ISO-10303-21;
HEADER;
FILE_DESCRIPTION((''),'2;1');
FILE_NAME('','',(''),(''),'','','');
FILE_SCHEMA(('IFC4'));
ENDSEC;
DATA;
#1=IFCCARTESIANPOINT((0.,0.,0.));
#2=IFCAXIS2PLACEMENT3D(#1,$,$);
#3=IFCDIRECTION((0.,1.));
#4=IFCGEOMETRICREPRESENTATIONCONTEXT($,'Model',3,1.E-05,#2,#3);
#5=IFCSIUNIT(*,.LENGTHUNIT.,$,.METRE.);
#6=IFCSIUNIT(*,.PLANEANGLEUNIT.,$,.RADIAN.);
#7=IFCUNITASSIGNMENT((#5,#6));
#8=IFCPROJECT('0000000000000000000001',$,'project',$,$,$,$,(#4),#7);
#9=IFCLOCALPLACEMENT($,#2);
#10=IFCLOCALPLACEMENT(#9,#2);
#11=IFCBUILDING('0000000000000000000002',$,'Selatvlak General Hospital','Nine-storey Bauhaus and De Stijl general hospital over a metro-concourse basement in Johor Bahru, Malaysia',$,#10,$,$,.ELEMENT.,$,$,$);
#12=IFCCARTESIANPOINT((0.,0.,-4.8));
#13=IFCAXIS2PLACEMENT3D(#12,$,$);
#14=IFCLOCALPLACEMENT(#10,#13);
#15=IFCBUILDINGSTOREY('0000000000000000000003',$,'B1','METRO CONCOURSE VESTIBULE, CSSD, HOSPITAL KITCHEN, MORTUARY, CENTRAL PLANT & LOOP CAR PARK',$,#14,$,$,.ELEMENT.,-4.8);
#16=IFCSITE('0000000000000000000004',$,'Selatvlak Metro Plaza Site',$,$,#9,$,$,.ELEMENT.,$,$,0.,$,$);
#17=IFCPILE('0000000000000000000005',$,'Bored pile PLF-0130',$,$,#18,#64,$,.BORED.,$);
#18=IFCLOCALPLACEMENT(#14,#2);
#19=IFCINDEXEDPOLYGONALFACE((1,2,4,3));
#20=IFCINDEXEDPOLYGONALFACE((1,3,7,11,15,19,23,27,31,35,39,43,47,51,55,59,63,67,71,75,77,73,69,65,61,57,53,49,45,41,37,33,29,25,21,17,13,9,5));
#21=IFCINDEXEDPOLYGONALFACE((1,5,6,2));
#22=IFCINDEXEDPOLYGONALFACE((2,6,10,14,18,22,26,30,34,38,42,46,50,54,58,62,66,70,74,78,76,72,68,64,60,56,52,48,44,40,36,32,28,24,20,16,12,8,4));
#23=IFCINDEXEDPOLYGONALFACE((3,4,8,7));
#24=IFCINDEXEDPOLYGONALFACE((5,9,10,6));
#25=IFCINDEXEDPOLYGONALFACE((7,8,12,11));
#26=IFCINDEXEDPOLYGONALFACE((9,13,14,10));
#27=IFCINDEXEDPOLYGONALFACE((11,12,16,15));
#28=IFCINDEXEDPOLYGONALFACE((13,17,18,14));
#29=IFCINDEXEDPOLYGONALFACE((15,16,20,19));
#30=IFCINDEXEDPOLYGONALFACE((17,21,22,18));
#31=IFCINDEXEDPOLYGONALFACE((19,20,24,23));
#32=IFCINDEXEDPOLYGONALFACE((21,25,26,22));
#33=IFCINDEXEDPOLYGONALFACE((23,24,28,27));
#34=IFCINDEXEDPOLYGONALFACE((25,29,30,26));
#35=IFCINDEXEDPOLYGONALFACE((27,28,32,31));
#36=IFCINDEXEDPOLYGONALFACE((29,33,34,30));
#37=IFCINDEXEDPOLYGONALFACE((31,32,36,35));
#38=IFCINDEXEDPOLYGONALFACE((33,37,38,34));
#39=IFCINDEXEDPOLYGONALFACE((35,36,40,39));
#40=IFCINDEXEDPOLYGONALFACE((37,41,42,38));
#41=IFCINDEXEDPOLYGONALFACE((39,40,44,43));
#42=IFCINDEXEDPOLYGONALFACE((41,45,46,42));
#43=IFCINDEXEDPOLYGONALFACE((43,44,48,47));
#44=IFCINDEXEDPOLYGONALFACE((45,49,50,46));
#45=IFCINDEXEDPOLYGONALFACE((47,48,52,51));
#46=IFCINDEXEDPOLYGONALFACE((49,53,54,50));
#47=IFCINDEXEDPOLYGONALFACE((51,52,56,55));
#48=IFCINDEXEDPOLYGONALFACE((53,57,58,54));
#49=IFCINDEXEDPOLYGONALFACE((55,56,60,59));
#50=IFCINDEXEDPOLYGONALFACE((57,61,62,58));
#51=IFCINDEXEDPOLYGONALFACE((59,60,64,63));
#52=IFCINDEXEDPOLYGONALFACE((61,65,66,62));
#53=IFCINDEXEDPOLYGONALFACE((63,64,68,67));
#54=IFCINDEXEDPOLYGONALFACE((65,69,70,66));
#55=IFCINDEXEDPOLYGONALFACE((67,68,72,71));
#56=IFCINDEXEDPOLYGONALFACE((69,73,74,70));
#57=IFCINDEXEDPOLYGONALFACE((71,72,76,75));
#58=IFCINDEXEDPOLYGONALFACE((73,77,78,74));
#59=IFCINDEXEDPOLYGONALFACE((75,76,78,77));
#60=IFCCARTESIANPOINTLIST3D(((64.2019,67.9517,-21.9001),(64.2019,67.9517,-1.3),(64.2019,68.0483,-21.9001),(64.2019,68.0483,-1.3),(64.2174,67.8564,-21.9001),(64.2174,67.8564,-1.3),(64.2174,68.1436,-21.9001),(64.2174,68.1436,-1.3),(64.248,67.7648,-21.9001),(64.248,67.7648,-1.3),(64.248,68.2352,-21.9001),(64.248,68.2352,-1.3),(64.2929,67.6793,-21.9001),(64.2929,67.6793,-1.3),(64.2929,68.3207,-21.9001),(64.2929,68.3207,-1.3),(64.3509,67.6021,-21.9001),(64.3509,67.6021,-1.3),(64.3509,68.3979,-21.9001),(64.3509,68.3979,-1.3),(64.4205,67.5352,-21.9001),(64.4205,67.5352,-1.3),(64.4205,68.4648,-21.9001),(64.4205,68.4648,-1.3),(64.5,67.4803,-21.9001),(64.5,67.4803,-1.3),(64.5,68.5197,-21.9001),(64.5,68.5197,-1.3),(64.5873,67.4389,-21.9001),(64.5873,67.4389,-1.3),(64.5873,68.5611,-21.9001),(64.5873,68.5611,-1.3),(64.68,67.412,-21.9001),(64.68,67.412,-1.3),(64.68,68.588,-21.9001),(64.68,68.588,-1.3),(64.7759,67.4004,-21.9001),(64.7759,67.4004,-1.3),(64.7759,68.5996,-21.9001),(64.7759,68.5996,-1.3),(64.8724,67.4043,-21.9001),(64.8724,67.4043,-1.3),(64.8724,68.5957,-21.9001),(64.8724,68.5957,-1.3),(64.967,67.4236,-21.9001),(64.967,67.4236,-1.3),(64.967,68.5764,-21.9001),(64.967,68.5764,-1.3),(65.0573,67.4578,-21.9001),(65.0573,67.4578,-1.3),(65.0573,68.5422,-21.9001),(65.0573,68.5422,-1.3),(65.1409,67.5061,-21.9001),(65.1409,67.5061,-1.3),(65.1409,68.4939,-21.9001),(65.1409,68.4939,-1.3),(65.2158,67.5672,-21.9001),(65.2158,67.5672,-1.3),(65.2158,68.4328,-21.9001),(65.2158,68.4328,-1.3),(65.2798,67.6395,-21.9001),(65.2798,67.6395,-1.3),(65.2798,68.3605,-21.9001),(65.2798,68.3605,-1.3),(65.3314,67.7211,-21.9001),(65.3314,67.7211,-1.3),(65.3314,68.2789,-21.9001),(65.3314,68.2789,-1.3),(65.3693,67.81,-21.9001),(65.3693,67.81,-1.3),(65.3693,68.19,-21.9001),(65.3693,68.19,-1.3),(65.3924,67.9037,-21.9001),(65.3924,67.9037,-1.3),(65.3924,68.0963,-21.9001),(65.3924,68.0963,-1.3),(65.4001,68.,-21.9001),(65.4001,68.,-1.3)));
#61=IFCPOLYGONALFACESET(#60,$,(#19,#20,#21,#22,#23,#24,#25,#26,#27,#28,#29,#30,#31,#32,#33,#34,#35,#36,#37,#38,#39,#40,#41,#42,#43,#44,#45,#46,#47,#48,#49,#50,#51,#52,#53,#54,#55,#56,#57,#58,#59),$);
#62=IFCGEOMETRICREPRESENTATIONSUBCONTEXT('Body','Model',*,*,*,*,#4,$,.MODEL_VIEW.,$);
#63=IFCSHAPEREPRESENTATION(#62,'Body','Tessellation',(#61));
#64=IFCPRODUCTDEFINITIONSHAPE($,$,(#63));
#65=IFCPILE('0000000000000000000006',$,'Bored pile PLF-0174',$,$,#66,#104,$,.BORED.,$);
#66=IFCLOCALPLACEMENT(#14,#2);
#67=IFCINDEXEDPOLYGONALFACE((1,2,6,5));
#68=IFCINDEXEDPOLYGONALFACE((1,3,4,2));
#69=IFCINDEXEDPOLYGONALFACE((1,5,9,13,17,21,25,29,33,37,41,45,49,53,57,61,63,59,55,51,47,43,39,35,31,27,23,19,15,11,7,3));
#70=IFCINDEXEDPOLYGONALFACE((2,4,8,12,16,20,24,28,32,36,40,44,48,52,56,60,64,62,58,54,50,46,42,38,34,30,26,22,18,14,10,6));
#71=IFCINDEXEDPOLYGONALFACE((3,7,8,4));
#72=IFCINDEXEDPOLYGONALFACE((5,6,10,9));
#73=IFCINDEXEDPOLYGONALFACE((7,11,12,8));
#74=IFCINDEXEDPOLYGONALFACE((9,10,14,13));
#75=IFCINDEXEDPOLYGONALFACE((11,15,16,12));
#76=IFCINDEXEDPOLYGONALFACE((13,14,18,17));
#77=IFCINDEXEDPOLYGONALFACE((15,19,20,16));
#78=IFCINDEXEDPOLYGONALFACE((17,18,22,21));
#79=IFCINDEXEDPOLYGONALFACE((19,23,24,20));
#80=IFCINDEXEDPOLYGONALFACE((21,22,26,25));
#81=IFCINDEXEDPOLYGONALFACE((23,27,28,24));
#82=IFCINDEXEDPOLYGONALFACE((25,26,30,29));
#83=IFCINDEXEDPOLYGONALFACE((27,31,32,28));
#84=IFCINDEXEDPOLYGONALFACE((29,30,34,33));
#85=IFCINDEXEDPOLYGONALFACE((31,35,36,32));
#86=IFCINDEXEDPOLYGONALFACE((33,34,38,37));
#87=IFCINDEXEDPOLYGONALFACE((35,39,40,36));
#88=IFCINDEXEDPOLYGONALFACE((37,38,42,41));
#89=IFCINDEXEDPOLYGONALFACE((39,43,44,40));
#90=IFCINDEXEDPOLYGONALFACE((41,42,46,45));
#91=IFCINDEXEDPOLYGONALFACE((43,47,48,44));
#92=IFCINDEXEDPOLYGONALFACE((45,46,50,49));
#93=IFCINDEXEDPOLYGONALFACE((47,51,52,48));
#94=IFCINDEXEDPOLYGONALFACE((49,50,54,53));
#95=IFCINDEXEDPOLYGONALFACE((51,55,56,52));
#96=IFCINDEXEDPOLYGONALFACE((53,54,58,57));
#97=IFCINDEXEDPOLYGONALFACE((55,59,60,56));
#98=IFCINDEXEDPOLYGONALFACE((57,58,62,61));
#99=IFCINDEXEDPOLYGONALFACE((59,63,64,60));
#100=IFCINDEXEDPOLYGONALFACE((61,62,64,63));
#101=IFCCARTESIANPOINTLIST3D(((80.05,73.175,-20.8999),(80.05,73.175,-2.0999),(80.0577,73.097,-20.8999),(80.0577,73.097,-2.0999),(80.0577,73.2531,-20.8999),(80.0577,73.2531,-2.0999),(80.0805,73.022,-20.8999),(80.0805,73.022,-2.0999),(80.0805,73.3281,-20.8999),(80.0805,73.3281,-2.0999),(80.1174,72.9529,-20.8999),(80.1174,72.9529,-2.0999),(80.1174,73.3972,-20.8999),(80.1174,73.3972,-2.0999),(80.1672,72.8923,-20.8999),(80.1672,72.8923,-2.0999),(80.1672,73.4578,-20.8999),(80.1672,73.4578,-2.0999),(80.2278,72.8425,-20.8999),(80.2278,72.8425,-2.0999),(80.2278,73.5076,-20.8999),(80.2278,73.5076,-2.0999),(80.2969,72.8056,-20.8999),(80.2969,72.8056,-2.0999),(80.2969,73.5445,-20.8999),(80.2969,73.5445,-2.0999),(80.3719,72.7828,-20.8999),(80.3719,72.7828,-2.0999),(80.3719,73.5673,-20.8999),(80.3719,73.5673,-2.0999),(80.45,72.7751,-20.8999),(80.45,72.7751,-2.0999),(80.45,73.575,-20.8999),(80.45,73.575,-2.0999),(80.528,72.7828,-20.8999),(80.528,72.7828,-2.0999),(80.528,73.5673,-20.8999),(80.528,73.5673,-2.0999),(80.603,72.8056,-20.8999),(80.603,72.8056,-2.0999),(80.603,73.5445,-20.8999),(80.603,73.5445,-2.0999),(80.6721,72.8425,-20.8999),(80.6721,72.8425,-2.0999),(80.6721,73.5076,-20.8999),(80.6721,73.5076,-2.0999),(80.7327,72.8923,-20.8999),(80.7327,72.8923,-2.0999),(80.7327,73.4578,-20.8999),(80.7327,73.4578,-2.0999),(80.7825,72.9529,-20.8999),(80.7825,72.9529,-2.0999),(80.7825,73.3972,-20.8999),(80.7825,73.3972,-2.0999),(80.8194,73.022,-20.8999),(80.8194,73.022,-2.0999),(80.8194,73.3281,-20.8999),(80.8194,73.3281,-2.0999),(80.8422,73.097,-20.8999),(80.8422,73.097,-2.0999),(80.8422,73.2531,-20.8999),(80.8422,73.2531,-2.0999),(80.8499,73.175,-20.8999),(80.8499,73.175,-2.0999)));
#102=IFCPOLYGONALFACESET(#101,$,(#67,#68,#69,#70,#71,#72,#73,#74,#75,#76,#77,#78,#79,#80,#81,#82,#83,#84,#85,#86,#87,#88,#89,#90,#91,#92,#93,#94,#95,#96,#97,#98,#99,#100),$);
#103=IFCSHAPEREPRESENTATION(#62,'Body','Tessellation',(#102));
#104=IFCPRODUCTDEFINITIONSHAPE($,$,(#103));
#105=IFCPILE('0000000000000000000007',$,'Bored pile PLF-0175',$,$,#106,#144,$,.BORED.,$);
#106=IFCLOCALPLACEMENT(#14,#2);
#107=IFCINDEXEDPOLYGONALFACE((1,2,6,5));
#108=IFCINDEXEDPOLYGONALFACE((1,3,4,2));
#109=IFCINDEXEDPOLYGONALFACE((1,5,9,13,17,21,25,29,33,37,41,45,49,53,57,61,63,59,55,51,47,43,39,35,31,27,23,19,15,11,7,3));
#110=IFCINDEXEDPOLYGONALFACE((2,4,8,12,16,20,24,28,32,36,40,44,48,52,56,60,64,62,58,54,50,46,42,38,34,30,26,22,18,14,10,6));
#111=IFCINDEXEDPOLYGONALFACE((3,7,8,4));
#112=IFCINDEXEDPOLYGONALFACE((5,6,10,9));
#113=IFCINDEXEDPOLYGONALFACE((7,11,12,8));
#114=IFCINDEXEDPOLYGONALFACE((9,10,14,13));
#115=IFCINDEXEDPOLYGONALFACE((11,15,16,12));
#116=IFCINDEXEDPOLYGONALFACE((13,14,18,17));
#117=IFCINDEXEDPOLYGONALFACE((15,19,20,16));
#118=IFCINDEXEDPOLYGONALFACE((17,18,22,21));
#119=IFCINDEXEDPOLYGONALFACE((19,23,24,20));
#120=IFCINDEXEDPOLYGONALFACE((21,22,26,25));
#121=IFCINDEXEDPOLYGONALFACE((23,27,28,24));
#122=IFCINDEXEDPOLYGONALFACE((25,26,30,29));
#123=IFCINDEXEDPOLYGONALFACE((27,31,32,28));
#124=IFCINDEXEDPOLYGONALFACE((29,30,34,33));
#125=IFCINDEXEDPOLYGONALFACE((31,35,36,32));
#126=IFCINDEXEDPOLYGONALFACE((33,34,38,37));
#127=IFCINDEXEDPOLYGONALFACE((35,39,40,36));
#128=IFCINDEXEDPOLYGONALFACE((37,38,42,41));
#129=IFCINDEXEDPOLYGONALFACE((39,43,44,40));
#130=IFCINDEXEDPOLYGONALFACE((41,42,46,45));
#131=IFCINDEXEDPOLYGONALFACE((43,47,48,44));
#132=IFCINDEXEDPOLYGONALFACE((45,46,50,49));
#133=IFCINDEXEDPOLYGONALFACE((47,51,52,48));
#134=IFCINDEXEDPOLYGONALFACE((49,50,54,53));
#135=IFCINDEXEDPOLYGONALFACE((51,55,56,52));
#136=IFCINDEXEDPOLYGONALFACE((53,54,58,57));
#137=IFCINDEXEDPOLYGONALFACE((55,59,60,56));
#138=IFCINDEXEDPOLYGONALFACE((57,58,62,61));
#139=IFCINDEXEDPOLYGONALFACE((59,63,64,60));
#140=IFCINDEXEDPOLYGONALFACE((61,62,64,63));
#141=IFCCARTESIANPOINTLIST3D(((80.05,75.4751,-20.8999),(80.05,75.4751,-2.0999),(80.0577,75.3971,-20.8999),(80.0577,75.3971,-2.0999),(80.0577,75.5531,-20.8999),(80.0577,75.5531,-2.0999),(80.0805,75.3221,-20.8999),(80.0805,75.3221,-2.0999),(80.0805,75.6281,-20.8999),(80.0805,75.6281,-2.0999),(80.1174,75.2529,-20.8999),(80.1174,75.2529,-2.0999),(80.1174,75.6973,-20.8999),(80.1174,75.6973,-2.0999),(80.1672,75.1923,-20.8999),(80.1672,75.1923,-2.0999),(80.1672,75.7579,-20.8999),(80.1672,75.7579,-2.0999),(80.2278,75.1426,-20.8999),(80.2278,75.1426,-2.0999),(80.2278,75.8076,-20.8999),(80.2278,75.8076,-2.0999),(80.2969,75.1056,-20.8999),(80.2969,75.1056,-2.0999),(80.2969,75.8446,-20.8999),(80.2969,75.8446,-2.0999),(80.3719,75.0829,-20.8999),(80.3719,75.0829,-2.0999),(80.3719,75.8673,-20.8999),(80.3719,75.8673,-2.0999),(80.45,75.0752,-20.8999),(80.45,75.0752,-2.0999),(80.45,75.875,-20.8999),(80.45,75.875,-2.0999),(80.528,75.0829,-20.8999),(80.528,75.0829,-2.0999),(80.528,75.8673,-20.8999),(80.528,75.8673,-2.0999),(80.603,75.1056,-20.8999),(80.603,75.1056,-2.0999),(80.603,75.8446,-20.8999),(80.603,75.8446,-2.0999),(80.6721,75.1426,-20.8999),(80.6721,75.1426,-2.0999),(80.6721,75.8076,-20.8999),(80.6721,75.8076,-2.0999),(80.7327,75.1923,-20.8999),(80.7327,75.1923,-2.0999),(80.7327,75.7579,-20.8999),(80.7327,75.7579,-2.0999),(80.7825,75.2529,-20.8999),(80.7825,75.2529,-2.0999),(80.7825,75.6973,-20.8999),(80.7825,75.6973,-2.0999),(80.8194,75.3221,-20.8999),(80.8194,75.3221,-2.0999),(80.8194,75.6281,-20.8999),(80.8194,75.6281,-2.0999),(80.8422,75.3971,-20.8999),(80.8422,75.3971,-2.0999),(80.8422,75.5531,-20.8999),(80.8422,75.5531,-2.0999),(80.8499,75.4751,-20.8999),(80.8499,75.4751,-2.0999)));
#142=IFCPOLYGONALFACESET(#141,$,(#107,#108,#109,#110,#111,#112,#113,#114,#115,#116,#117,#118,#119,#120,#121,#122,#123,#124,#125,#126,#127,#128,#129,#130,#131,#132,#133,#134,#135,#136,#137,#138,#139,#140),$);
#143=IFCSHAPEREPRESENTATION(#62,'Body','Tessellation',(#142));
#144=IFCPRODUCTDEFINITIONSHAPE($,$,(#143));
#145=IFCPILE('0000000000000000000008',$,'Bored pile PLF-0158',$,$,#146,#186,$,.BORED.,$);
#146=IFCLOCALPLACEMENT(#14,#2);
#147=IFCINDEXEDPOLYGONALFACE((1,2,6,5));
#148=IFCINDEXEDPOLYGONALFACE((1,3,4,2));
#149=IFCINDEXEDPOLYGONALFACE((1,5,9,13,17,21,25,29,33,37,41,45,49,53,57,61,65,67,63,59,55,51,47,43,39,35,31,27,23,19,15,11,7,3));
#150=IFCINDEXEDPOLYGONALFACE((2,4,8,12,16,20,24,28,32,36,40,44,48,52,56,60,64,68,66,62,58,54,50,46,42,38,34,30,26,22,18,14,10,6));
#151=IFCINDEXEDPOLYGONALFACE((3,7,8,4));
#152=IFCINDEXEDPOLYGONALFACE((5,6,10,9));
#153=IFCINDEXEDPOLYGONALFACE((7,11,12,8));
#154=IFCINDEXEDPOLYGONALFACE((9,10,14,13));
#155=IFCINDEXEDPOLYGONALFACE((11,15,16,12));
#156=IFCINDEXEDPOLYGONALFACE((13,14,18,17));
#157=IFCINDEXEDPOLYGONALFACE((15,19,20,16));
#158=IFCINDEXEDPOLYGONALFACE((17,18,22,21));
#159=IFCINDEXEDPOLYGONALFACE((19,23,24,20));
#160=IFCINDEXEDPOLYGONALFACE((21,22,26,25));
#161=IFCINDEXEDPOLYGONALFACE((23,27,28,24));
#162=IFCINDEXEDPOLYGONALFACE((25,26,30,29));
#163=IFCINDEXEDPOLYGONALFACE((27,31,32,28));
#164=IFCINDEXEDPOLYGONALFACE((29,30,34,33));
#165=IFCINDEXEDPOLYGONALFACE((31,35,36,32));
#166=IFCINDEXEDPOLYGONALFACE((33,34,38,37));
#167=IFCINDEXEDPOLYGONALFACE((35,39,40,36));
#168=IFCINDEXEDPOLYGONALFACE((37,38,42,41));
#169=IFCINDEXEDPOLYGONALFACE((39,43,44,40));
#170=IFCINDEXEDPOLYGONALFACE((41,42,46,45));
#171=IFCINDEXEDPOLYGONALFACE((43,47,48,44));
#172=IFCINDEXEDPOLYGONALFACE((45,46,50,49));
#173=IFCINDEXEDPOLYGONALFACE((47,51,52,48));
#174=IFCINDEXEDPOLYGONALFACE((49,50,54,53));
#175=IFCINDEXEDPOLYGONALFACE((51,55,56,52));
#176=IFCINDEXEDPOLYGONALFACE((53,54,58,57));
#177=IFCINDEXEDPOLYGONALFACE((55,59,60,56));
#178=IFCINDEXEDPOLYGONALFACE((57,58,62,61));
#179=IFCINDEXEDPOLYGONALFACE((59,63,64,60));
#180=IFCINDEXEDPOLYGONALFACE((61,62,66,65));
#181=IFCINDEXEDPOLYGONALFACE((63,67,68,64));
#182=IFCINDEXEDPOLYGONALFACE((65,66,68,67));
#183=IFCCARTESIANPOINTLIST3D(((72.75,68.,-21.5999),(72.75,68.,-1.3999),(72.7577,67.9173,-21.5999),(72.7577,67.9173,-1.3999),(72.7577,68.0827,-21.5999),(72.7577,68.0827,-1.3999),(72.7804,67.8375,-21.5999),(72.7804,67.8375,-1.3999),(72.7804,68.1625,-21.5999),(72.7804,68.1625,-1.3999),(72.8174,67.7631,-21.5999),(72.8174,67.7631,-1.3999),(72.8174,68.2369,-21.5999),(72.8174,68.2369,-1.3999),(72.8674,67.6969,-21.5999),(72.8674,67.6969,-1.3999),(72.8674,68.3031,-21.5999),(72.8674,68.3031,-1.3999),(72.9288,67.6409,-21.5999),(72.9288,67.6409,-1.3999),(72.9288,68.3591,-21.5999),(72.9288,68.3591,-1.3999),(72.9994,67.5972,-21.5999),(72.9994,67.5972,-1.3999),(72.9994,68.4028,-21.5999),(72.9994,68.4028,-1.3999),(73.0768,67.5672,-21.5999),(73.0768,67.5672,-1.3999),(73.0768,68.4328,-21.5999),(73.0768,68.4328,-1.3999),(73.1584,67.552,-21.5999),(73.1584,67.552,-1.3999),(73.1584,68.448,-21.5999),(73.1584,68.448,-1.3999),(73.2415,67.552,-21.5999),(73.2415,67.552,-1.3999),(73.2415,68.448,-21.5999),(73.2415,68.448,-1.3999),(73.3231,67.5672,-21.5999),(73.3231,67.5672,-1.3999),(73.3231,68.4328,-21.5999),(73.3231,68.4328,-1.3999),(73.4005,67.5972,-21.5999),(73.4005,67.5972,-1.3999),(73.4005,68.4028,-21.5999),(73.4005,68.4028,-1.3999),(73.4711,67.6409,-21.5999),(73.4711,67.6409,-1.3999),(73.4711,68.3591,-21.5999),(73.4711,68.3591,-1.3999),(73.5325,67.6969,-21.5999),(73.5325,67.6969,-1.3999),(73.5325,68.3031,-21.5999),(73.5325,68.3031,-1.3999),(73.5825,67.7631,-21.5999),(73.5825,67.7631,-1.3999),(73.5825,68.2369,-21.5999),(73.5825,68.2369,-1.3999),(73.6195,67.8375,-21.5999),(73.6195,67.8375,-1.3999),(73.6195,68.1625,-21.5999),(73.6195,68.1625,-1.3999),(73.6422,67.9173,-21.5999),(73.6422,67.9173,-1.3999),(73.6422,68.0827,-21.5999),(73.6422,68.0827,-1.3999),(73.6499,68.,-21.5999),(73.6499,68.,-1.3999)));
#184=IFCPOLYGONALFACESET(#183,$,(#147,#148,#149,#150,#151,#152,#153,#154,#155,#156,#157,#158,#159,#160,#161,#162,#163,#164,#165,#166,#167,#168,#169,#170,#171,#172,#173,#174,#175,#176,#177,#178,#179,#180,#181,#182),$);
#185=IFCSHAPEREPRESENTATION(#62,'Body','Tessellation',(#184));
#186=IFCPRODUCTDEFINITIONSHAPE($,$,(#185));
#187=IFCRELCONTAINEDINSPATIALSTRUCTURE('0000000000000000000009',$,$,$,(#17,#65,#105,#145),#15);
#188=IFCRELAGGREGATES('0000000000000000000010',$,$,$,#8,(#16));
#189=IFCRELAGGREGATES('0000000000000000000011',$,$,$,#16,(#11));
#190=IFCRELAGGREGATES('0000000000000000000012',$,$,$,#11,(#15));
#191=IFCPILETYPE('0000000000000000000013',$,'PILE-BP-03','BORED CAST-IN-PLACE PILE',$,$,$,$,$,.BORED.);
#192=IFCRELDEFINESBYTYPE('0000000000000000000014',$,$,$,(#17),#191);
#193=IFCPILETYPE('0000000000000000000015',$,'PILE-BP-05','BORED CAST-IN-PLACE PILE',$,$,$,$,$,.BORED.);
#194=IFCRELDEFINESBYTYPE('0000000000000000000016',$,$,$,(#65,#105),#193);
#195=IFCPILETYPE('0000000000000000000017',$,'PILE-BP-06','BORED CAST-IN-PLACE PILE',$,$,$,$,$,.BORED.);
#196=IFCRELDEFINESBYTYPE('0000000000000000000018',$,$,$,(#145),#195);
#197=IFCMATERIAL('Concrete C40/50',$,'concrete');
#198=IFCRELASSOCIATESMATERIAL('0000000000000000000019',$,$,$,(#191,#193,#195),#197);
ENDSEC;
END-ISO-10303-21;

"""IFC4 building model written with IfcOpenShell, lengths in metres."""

from ifc_helpers import new_model, si_unit, direction, frame, origin, origin_2d, place, context, subcontext, project, spatial, circle, extrude, material, material_profile, profile_set, type_object, element, save


model = new_model("IFC4")

# Units and contexts
model_context = context("Model", 3, precision=1e-05, world=origin(), true_north=direction((0.0, 1.0)))
body_context = subcontext(model_context, "Body", "Model", "MODEL_VIEW")
ifc_project = project(units=[si_unit("LENGTHUNIT", "METRE"), si_unit("PLANEANGLEUNIT", "RADIAN")], contexts=[model_context])

# Site, building, storey
site_placement = place(None, origin())
site = spatial("IfcSite", under=ifc_project, at=site_placement, Name="Selatvlak Metro Plaza Site", CompositionType="ELEMENT", RefElevation=0.0)
building_placement = place(site_placement, origin())
building = spatial("IfcBuilding", under=site, at=building_placement, Name="Selatvlak General Hospital", Description="Nine-storey Bauhaus and De Stijl general hospital over a metro-concourse basement in Johor Bahru, Malaysia", CompositionType="ELEMENT")
storey_placement = place(building_placement, frame((0.0, 0.0, -4.8)))
storey = spatial("IfcBuildingStorey", under=building, at=storey_placement, Name="B1", Description="METRO CONCOURSE VESTIBULE, CSSD, HOSPITAL KITCHEN, MORTUARY, CENTRAL PLANT & LOOP CAR PARK", CompositionType="ELEMENT", Elevation=-4.8)

# Shared definitions
ifc_material_1 = material(Name="Concrete C40/50", Category="concrete")

# Piles
ifc_material_profile_1 = material_profile(ifc_material_1, circle(Radius=0.6001, at=origin_2d()), Name="BORED PILE 1200")
ifc_profile_set_1 = profile_set([ifc_material_profile_1], Name="Concrete C40/50")
pile_type_1 = type_object("IfcPileType", Name="PILE-BP-03", Description="BORED CAST-IN-PLACE PILE", PredefinedType="BORED", material=ifc_profile_set_1)
for number, where, z_axis, x_axis, name in (
    (1, (64.8, 68.0, -1.3), (0.0, 0.0, -1.0), (1.0, 0.0, 0.0), "Bored pile PLF-0130"),
):
    element("IfcPile", number, at=place(storey_placement, frame(where, z_axis=z_axis, x_axis=x_axis)), inside=storey, type_object=pile_type_1, Name=name, PredefinedType="BORED", context=body_context, shape_type="SweptSolid", body=[
        extrude(circle(Radius=0.6001, at=origin_2d()), origin(), (0.0, 0.0, 1.0), 20.6001),
    ])
ifc_material_profile_2 = material_profile(ifc_material_1, circle(Radius=0.3999, at=origin_2d()), Name="BORED PILE 800")
ifc_profile_set_2 = profile_set([ifc_material_profile_2], Name="Concrete C40/50")
pile_type_2 = type_object("IfcPileType", Name="PILE-BP-05", Description="BORED CAST-IN-PLACE PILE", PredefinedType="BORED", material=ifc_profile_set_2)
for number, where, z_axis, x_axis, name in (
    (2, (80.45, 73.175, -2.0999), (0.0, 0.0, -1.0), (1.0, 0.0, 0.0), "Bored pile PLF-0174"),
    (3, (80.45, 75.4751, -2.0999), (0.0, 0.0, -1.0), (1.0, 0.0, 0.0), "Bored pile PLF-0175"),
):
    element("IfcPile", number, at=place(storey_placement, frame(where, z_axis=z_axis, x_axis=x_axis)), inside=storey, type_object=pile_type_2, Name=name, PredefinedType="BORED", context=body_context, shape_type="SweptSolid", body=[
        extrude(circle(Radius=0.3999, at=origin_2d()), origin(), (0.0, 0.0, 1.0), 18.8),
    ])
ifc_material_profile_3 = material_profile(ifc_material_1, circle(Radius=0.45, at=origin_2d()), Name="BORED PILE 900")
ifc_profile_set_3 = profile_set([ifc_material_profile_3], Name="Concrete C40/50")
pile_type_3 = type_object("IfcPileType", Name="PILE-BP-06", Description="BORED CAST-IN-PLACE PILE", PredefinedType="BORED", material=ifc_profile_set_3)
pile_1_placement = place(storey_placement, frame((73.2, 68.0, -1.3999), z_axis=(0.0, 0.0, -1.0), x_axis=(1.0, 0.0, 0.0)))
element("IfcPile", 4, at=pile_1_placement, inside=storey, type_object=pile_type_3, Name="Bored pile PLF-0158", PredefinedType="BORED", context=body_context, shape_type="SweptSolid", body=[
    extrude(circle(Radius=0.45, at=origin_2d()), origin(), (0.0, 0.0, 1.0), 20.2),
])

save(model, "model.ifc")
